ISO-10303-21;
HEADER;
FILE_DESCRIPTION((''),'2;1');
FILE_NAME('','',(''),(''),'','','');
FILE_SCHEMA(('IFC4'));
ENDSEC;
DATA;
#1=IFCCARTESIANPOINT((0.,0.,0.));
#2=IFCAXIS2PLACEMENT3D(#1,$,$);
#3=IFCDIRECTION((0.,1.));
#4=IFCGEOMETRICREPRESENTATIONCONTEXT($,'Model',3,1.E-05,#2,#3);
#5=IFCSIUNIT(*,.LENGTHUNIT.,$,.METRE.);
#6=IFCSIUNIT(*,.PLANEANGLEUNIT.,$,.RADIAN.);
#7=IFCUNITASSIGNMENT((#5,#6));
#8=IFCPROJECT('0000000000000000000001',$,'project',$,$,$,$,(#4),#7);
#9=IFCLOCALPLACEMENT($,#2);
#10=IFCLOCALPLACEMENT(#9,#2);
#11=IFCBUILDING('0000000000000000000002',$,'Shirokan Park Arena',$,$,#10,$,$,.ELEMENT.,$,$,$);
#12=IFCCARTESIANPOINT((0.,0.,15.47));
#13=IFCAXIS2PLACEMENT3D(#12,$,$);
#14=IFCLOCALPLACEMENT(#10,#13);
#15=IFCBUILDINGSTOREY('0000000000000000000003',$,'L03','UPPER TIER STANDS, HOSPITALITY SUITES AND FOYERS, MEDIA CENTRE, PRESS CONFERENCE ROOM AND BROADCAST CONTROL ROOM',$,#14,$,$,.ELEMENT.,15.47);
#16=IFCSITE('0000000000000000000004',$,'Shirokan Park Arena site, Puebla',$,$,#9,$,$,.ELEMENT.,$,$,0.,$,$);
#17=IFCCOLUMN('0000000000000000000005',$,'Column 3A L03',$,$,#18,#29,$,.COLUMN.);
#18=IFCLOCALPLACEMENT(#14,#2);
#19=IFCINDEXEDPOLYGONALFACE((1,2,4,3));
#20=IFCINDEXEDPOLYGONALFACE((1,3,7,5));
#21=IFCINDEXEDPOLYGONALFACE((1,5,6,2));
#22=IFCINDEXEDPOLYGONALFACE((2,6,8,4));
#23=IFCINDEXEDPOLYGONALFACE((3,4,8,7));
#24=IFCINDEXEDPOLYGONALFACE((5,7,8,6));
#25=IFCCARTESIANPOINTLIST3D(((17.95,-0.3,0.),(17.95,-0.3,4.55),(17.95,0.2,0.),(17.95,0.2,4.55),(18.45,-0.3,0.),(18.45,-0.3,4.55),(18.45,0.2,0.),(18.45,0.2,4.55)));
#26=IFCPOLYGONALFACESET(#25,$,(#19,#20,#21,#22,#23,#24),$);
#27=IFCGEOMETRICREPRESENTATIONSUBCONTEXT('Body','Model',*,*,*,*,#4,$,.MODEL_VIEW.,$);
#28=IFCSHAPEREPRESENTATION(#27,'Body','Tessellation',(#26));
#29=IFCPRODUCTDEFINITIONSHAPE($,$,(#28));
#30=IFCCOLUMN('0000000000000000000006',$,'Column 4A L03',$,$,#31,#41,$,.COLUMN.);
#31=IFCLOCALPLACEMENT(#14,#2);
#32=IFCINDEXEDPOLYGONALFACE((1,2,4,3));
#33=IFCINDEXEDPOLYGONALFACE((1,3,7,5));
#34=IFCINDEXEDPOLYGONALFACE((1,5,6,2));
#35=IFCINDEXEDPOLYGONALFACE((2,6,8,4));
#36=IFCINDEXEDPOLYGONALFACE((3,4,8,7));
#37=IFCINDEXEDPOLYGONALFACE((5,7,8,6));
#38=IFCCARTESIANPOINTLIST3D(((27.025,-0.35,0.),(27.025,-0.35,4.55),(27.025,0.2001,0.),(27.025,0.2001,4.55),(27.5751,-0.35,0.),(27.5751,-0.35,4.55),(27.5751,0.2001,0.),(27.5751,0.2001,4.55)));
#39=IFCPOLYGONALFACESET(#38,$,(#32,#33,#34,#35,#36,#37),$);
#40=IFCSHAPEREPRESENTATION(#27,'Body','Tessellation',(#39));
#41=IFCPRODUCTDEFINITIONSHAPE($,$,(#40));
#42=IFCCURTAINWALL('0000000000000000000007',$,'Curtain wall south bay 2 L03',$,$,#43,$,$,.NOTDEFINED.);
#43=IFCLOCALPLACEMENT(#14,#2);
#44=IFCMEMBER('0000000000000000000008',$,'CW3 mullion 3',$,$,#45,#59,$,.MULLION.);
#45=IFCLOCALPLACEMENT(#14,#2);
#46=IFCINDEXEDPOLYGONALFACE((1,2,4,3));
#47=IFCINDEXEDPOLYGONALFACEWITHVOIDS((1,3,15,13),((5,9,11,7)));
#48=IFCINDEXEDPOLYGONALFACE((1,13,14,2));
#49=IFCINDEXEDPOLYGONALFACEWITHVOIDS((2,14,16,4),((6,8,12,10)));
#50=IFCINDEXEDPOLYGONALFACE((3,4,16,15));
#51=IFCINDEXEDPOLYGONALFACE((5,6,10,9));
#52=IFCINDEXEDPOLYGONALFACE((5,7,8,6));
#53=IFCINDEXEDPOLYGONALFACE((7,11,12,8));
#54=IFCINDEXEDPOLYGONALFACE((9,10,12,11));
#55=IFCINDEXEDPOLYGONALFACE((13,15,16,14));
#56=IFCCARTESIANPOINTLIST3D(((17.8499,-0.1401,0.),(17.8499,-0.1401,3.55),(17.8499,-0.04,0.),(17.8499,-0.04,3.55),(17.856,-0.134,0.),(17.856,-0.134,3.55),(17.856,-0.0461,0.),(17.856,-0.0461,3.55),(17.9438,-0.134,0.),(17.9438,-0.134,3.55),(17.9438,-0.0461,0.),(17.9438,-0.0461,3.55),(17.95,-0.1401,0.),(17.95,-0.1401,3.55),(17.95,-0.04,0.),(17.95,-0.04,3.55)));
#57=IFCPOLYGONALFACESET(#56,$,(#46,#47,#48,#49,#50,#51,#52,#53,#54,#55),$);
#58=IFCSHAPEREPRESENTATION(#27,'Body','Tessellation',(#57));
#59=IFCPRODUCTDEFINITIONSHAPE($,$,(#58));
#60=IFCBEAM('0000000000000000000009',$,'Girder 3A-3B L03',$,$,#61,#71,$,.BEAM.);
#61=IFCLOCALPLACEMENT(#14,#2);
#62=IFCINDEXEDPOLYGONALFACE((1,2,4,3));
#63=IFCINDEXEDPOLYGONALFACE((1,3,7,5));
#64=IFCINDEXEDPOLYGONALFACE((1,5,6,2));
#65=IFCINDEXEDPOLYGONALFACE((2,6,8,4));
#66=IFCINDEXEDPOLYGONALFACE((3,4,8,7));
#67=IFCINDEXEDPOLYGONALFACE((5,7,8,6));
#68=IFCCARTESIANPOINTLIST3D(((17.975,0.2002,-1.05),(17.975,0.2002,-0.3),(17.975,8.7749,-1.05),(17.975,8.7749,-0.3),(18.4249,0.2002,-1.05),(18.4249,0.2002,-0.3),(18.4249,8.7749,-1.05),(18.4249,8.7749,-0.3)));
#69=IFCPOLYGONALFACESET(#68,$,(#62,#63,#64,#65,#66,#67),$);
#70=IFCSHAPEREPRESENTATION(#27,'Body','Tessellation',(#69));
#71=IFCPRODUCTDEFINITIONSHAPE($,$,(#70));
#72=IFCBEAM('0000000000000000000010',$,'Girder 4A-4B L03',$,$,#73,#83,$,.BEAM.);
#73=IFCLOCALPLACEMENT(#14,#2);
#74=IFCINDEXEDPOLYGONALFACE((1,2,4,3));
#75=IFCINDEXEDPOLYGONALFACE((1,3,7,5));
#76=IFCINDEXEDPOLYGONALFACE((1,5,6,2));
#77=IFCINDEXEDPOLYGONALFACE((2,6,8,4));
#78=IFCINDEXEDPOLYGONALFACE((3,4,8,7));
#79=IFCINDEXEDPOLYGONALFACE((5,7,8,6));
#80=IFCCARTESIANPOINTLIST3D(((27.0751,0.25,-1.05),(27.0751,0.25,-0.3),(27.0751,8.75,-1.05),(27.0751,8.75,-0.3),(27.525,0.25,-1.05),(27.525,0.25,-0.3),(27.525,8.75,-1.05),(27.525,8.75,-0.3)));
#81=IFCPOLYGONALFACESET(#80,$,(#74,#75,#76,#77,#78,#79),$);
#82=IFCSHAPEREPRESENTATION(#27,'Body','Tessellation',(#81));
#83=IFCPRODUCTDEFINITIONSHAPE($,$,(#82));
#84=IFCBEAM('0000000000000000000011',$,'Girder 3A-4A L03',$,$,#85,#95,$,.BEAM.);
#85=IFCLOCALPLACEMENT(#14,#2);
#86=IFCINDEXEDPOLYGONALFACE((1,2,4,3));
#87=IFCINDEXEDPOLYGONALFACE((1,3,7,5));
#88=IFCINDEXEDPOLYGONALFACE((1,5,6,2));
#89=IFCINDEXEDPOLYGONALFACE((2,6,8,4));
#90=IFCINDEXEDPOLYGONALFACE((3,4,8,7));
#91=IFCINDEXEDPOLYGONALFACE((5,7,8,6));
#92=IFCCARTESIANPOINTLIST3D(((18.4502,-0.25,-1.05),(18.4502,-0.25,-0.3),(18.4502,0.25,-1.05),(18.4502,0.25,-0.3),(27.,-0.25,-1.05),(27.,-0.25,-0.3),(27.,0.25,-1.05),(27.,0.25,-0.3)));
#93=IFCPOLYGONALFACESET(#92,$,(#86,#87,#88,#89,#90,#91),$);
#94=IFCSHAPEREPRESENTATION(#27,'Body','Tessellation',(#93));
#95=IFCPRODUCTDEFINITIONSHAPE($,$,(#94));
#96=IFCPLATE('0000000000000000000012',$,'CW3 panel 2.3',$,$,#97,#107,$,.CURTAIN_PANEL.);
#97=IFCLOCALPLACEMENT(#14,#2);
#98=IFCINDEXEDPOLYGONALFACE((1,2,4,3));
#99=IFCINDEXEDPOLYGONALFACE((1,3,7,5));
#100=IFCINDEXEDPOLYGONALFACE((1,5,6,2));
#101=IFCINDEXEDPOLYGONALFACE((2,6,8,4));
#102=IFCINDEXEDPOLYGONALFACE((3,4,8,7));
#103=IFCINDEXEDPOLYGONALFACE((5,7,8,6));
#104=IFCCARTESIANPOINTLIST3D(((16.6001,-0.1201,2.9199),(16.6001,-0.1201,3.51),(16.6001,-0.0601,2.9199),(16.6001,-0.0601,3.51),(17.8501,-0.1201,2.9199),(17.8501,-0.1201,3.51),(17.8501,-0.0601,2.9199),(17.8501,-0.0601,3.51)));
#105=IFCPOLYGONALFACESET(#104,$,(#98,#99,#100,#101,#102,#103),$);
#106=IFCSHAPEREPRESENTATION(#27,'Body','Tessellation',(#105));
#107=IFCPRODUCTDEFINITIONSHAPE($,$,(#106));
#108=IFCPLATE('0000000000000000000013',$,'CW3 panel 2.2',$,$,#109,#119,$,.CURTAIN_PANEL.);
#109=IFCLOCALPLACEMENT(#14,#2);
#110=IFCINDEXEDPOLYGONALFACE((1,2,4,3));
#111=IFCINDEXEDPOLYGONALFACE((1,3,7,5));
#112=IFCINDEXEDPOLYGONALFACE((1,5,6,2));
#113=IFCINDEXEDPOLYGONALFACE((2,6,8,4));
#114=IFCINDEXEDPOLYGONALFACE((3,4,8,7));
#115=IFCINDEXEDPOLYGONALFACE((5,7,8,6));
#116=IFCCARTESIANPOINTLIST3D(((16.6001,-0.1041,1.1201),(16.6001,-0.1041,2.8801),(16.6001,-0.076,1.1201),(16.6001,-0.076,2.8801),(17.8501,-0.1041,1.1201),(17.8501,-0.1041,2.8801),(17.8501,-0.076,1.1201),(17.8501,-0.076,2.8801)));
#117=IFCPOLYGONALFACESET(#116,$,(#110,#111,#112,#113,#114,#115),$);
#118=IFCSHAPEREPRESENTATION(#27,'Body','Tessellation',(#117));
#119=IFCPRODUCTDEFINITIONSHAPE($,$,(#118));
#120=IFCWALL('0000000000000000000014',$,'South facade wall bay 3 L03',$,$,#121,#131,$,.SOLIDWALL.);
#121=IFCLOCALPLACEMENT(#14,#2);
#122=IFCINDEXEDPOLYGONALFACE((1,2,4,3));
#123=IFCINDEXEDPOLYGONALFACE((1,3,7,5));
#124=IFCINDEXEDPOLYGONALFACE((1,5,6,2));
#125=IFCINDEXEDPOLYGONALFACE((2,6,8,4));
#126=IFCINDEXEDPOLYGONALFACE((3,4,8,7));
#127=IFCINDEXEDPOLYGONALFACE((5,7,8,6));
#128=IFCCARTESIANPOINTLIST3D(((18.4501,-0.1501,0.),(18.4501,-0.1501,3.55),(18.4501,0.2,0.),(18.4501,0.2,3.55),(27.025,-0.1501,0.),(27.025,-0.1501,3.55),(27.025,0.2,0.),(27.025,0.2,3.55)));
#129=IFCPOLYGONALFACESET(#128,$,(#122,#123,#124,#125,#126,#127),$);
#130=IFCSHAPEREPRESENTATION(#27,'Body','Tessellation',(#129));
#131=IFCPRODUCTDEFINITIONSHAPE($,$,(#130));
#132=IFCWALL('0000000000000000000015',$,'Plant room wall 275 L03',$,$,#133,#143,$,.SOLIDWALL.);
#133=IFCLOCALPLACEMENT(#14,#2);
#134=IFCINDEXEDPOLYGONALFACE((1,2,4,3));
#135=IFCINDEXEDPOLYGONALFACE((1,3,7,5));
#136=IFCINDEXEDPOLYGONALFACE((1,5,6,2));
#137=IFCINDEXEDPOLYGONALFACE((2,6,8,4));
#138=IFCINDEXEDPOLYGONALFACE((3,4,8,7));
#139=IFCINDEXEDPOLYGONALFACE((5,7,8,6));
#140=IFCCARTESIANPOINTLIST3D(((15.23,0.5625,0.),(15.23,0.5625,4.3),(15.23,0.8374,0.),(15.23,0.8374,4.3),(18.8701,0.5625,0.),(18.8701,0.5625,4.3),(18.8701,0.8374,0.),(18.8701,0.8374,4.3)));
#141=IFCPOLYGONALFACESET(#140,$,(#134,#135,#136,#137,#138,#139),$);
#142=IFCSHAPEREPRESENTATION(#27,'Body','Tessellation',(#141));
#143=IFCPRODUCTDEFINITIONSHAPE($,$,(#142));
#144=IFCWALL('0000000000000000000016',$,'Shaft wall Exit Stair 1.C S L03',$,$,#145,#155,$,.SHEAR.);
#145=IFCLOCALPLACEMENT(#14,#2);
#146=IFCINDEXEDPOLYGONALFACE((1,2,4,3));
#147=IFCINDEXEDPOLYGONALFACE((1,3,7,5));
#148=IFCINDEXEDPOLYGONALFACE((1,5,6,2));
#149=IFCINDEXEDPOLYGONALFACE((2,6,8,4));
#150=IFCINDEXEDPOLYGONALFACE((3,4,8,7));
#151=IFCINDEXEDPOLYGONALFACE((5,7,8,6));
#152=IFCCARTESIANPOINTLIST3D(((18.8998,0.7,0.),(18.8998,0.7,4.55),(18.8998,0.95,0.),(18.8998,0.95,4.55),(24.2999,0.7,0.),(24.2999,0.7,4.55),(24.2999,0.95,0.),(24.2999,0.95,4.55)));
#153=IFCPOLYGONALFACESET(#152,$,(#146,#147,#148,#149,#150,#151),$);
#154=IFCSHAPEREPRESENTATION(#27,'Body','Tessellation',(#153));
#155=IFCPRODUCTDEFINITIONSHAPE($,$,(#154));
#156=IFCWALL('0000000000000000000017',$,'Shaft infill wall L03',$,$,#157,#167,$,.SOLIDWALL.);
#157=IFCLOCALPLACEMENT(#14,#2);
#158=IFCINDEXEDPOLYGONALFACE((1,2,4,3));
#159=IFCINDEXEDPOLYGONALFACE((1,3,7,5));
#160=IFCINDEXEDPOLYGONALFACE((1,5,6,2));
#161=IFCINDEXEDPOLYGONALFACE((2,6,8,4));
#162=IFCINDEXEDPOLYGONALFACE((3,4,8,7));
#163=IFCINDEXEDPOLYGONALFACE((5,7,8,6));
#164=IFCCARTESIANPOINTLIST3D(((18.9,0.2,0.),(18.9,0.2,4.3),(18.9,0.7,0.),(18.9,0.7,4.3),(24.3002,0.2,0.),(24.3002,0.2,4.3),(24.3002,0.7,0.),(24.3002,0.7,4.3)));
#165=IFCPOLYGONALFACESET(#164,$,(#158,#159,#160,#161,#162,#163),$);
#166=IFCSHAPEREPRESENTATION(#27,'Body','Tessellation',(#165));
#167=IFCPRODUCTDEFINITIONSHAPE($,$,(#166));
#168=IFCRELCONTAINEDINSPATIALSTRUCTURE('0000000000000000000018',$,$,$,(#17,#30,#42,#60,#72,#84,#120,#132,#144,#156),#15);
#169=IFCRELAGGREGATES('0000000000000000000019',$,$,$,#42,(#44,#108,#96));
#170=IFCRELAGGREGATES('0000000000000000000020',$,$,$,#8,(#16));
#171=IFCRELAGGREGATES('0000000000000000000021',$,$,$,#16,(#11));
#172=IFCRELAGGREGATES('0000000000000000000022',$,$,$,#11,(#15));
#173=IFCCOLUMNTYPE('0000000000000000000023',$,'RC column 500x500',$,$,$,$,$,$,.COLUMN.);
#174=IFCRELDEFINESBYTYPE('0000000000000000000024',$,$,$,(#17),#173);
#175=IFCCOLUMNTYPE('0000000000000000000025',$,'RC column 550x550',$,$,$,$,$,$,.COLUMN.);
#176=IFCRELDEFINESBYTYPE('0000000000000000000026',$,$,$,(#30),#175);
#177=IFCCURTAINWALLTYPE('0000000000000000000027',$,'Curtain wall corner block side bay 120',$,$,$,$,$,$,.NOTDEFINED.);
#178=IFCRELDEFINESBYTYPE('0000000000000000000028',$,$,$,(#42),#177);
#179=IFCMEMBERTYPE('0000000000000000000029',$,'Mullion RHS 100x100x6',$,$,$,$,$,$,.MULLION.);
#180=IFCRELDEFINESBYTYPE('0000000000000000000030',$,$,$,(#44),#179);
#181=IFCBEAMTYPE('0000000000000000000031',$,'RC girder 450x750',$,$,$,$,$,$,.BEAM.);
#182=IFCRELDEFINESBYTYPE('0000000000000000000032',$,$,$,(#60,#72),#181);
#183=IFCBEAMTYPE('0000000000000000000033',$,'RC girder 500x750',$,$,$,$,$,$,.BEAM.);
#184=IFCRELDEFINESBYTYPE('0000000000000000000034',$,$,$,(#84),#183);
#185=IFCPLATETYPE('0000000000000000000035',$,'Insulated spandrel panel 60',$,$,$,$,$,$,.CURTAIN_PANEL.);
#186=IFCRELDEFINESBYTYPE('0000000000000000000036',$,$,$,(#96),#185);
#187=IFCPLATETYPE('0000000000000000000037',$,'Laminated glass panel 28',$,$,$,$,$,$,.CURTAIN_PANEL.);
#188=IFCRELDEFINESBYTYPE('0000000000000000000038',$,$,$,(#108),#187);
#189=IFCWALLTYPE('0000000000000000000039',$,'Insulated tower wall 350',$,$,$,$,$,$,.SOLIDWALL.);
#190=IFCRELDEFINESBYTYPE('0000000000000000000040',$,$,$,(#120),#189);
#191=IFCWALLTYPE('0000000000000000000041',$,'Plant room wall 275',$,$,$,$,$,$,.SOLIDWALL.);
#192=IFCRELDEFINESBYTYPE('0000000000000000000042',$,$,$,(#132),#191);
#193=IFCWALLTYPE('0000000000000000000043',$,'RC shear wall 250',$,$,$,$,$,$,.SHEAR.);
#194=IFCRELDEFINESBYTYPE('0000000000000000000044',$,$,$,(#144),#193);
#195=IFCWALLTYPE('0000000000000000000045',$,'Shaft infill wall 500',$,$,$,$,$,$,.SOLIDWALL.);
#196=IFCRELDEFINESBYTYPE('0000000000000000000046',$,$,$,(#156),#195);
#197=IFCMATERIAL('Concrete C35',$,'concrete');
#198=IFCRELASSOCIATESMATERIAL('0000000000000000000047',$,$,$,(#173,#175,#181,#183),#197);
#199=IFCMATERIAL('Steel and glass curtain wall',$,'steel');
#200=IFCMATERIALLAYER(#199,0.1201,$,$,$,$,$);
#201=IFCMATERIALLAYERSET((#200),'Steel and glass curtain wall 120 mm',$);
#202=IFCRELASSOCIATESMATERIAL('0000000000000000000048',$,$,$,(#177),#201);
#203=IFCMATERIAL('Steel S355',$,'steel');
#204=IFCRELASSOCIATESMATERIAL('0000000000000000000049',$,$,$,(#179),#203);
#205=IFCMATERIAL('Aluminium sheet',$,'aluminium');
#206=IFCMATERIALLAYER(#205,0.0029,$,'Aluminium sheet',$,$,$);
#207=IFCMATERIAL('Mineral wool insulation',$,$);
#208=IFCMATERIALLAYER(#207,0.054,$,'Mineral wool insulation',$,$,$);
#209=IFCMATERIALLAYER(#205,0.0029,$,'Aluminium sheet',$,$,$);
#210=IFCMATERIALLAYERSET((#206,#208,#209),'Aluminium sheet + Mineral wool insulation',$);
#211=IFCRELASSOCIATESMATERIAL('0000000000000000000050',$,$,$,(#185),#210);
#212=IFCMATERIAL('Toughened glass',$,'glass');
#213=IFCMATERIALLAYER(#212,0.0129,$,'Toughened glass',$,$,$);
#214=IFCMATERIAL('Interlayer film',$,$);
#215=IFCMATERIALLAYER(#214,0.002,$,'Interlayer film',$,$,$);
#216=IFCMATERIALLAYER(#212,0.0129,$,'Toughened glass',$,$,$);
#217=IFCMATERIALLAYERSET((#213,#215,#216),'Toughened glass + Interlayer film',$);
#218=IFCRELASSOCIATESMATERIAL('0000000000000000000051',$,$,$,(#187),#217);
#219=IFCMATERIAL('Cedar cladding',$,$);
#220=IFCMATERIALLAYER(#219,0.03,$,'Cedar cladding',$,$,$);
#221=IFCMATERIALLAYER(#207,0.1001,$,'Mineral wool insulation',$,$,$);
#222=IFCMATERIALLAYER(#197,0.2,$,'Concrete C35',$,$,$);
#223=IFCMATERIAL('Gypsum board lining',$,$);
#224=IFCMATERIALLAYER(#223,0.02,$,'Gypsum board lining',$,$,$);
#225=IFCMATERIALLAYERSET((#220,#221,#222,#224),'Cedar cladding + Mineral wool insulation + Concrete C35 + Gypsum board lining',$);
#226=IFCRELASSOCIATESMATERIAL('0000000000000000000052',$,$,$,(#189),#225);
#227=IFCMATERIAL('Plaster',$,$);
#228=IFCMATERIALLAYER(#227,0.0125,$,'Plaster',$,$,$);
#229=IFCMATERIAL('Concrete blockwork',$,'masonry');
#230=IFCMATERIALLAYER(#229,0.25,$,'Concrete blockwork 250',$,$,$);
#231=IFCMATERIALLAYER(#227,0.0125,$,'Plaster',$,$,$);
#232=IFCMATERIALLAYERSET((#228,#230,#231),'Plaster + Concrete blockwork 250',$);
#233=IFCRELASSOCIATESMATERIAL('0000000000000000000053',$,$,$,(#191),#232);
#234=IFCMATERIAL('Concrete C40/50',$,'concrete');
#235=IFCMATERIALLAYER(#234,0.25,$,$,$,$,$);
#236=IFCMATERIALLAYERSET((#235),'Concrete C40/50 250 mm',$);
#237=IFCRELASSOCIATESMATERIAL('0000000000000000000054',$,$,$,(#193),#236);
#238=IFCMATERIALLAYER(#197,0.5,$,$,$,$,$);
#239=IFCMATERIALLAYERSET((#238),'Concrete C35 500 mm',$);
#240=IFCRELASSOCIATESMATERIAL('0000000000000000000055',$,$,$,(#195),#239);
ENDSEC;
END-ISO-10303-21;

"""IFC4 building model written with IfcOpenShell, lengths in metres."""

from ifc_helpers import new_model, si_unit, direction, frame, frame_2d, origin, origin_2d, place, context, subcontext, project, spatial, rectangle, hollow_rectangle, extrude, material, layer, layer_set, material_profile, profile_set, type_object, element, aggregate, save


model = new_model("IFC4")

# Units and contexts
model_context = context("Model", 3, precision=1e-05, world=origin(), true_north=direction((0.0, 1.0)))
body_context = subcontext(model_context, "Body", "Model", "MODEL_VIEW")
ifc_project = project(units=[si_unit("LENGTHUNIT", "METRE"), si_unit("PLANEANGLEUNIT", "RADIAN")], contexts=[model_context])

# Site, building, storey
site_placement = place(None, origin())
site = spatial("IfcSite", under=ifc_project, at=site_placement, Name="Shirokan Park Arena site, Puebla", CompositionType="ELEMENT", RefElevation=0.0)
building_placement = place(site_placement, origin())
building = spatial("IfcBuilding", under=site, at=building_placement, Name="Shirokan Park Arena", CompositionType="ELEMENT")
storey_placement = place(building_placement, frame((0.0, 0.0, 15.47)))
storey = spatial("IfcBuildingStorey", under=building, at=storey_placement, Name="L03", Description="UPPER TIER STANDS, HOSPITALITY SUITES AND FOYERS, MEDIA CENTRE, PRESS CONFERENCE ROOM AND BROADCAST CONTROL ROOM", CompositionType="ELEMENT", Elevation=15.47)

# Columns
ifc_material_1 = material(Name="Concrete C35", Category="concrete")
ifc_material_profile_1 = material_profile(ifc_material_1, rectangle(XDim=0.5, YDim=0.5, at=origin_2d()), Name="500x500")
ifc_profile_set_1 = profile_set([ifc_material_profile_1], Name="Concrete C35")
column_type_1 = type_object("IfcColumnType", Name="RC column 500x500", PredefinedType="COLUMN", material=ifc_profile_set_1)
column_1_placement = place(storey_placement, frame((18.2, -0.05, 0.0), z_axis=(0.0, 0.0, 1.0), x_axis=(1.0, 0.0, 0.0)))
element("IfcColumn", 1, at=column_1_placement, inside=storey, type_object=column_type_1, Name="Column 3A L03", PredefinedType="COLUMN", context=body_context, shape_type="SweptSolid", body=[
    extrude(rectangle(XDim=0.5, YDim=0.5, at=origin_2d()), origin(), (0.0, 0.0, 1.0), 4.55),
])
ifc_material_profile_2 = material_profile(ifc_material_1, rectangle(XDim=0.55, YDim=0.55, at=origin_2d()), Name="550x550")
ifc_profile_set_2 = profile_set([ifc_material_profile_2], Name="Concrete C35")
column_type_2 = type_object("IfcColumnType", Name="RC column 550x550", PredefinedType="COLUMN", material=ifc_profile_set_2)
column_2_placement = place(storey_placement, frame((27.3, -0.075, 0.0), z_axis=(0.0, 0.0, 1.0), x_axis=(1.0, 0.0, 0.0)))
element("IfcColumn", 2, at=column_2_placement, inside=storey, type_object=column_type_2, Name="Column 4A L03", PredefinedType="COLUMN", context=body_context, shape_type="SweptSolid", body=[
    extrude(rectangle(XDim=0.55, YDim=0.55, at=origin_2d()), origin(), (0.0, 0.0, 1.0), 4.55),
])

# Curtain wall, member
ifc_material_2 = material(Name="Steel and glass curtain wall", Category="steel")
ifc_layer_1 = layer(ifc_material_2, 0.1201)
ifc_layer_set_1 = layer_set([ifc_layer_1], Name="Steel and glass curtain wall 120 mm")
curtain_wall_type = type_object("IfcCurtainWallType", Name="Curtain wall corner block side bay 120", PredefinedType="NOTDEFINED", material=ifc_layer_set_1)
curtain_wall_placement = place(storey_placement, origin())
curtain_wall = element("IfcCurtainWall", 3, at=curtain_wall_placement, inside=storey, type_object=curtain_wall_type, Name="Curtain wall south bay 2 L03", PredefinedType="NOTDEFINED")
ifc_material_3 = material(Name="Steel S355", Category="steel")
ifc_material_profile_3 = material_profile(ifc_material_3, hollow_rectangle(XDim=0.1001, YDim=0.1001, WallThickness=0.0061, at=origin_2d()), Name="RHS 100x100x6")
ifc_profile_set_3 = profile_set([ifc_material_profile_3], Name="Steel S355")
member_type = type_object("IfcMemberType", Name="Mullion RHS 100x100x6", PredefinedType="MULLION", material=ifc_profile_set_3)
member_placement = place(storey_placement, frame((17.8999, -0.0901, 0.0), z_axis=(0.0, 0.0, 1.0), x_axis=(0.0, 1.0, 0.0)))
member = element("IfcMember", 4, at=member_placement, type_object=member_type, Name="CW3 mullion 3", PredefinedType="MULLION", context=body_context, shape_type="SweptSolid", body=[
    extrude(hollow_rectangle(XDim=0.1001, YDim=0.1001, WallThickness=0.0061, at=origin_2d()), origin(), (0.0, 0.0, 1.0), 3.55),
])

# Beams
ifc_material_profile_4 = material_profile(ifc_material_1, rectangle(XDim=0.45, YDim=0.75, at=origin_2d()), Name="450x750")
ifc_profile_set_4 = profile_set([ifc_material_profile_4], Name="Concrete C35")
beam_type_1 = type_object("IfcBeamType", Name="RC girder 450x750", PredefinedType="BEAM", material=ifc_profile_set_4)
beam_1_placement = place(storey_placement, frame((18.2, 0.2002, -0.675), z_axis=(0.0, 1.0, 0.0), x_axis=(-1.0, 0.0, 0.0)))
element("IfcBeam", 5, at=beam_1_placement, inside=storey, type_object=beam_type_1, Name="Girder 3A-3B L03", PredefinedType="BEAM", context=body_context, shape_type="SweptSolid", body=[
    extrude(rectangle(XDim=0.45, YDim=0.75, at=origin_2d()), origin(), (0.0, 0.0, 1.0), 8.5747),
])
beam_2_placement = place(storey_placement, frame((27.3, 0.25, -0.675), z_axis=(0.0, 1.0, 0.0), x_axis=(-1.0, 0.0, 0.0)))
element("IfcBeam", 6, at=beam_2_placement, inside=storey, type_object=beam_type_1, Name="Girder 4A-4B L03", PredefinedType="BEAM", context=body_context, shape_type="SweptSolid", body=[
    extrude(rectangle(XDim=0.45, YDim=0.75, at=origin_2d()), origin(), (0.0, 0.0, 1.0), 8.5),
])
ifc_material_profile_5 = material_profile(ifc_material_1, rectangle(XDim=0.5, YDim=0.75, at=origin_2d()), Name="500x750")
ifc_profile_set_5 = profile_set([ifc_material_profile_5], Name="Concrete C35")
beam_type_2 = type_object("IfcBeamType", Name="RC girder 500x750", PredefinedType="BEAM", material=ifc_profile_set_5)
beam_3_placement = place(storey_placement, frame((18.4502, 0.0, -0.675), z_axis=(1.0, 0.0, 0.0), x_axis=(0.0, 1.0, 0.0)))
element("IfcBeam", 7, at=beam_3_placement, inside=storey, type_object=beam_type_2, Name="Girder 3A-4A L03", PredefinedType="BEAM", context=body_context, shape_type="SweptSolid", body=[
    extrude(rectangle(XDim=0.5, YDim=0.75, at=origin_2d()), origin(), (0.0, 0.0, 1.0), 8.5498),
])

# Plates
ifc_material_4 = material(Name="Aluminium sheet", Category="aluminium")
ifc_layer_2 = layer(ifc_material_4, 0.0029, Name="Aluminium sheet")
ifc_material_5 = material(Name="Mineral wool insulation")
ifc_layer_3 = layer(ifc_material_5, 0.054, Name="Mineral wool insulation")
ifc_layer_4 = layer(ifc_material_4, 0.0029, Name="Aluminium sheet")
ifc_layer_set_2 = layer_set([ifc_layer_2, ifc_layer_3, ifc_layer_4], Name="Aluminium sheet + Mineral wool insulation")
plate_type_1 = type_object("IfcPlateType", Name="Insulated spandrel panel 60", PredefinedType="CURTAIN_PANEL", material=ifc_layer_set_2)
plate_1_placement = place(storey_placement, frame((17.2251, -0.0901, 2.9199), z_axis=(0.0, 0.0, 1.0), x_axis=(1.0, 0.0, 0.0)))
plate_1 = element("IfcPlate", 8, at=plate_1_placement, type_object=plate_type_1, Name="CW3 panel 2.3", PredefinedType="CURTAIN_PANEL", context=body_context, shape_type="SweptSolid", body=[
    extrude(rectangle(XDim=1.25, YDim=0.0601, at=origin_2d()), origin(), (0.0, 0.0, 1.0), 0.5901),
])
ifc_material_6 = material(Name="Toughened glass", Category="glass")
ifc_layer_5 = layer(ifc_material_6, 0.0129, Name="Toughened glass")
ifc_material_7 = material(Name="Interlayer film")
ifc_layer_6 = layer(ifc_material_7, 0.002, Name="Interlayer film")
ifc_layer_7 = layer(ifc_material_6, 0.0129, Name="Toughened glass")
ifc_layer_set_3 = layer_set([ifc_layer_5, ifc_layer_6, ifc_layer_7], Name="Toughened glass + Interlayer film")
plate_type_2 = type_object("IfcPlateType", Name="Laminated glass panel 28", PredefinedType="CURTAIN_PANEL", material=ifc_layer_set_3)
plate_2_placement = place(storey_placement, frame((17.2251, -0.0901, 1.1201), z_axis=(0.0, 0.0, 1.0), x_axis=(1.0, 0.0, 0.0)))
plate_2 = element("IfcPlate", 9, at=plate_2_placement, type_object=plate_type_2, Name="CW3 panel 2.2", PredefinedType="CURTAIN_PANEL", context=body_context, shape_type="SweptSolid", body=[
    extrude(rectangle(XDim=1.25, YDim=0.0281, at=origin_2d()), origin(), (0.0, 0.0, 1.0), 1.76),
])
aggregate(curtain_wall, [member, plate_2, plate_1])

# Walls
ifc_material_8 = material(Name="Cedar cladding")
ifc_layer_8 = layer(ifc_material_8, 0.03, Name="Cedar cladding")
ifc_layer_9 = layer(ifc_material_5, 0.1001, Name="Mineral wool insulation")
ifc_layer_10 = layer(ifc_material_1, 0.2, Name="Concrete C35")
ifc_material_9 = material(Name="Gypsum board lining")
ifc_layer_11 = layer(ifc_material_9, 0.02, Name="Gypsum board lining")
ifc_layer_set_4 = layer_set([ifc_layer_8, ifc_layer_9, ifc_layer_10, ifc_layer_11], Name="Cedar cladding + Mineral wool insulation + Concrete C35 + Gypsum board lining")
wall_type_1 = type_object("IfcWallType", Name="Insulated tower wall 350", PredefinedType="SOLIDWALL", material=ifc_layer_set_4)
wall_1_placement = place(storey_placement, frame((18.45, 0.0249, 0.0), z_axis=(0.0, 0.0, 1.0), x_axis=(1.0, 0.0, 0.0)))
element("IfcWall", 10, at=wall_1_placement, inside=storey, type_object=wall_type_1, Name="South facade wall bay 3 L03", PredefinedType="SOLIDWALL", context=body_context, shape_type="SweptSolid", body=[
    extrude(rectangle(XDim=8.575, YDim=0.3501, at=frame_2d((4.2876, 0.0))), origin(), (0.0, 0.0, 1.0), 3.55),
])
ifc_material_10 = material(Name="Plaster")
ifc_layer_12 = layer(ifc_material_10, 0.0125, Name="Plaster")
ifc_material_11 = material(Name="Concrete blockwork", Category="masonry")
ifc_layer_13 = layer(ifc_material_11, 0.25, Name="Concrete blockwork 250")
ifc_layer_14 = layer(ifc_material_10, 0.0125, Name="Plaster")
ifc_layer_set_5 = layer_set([ifc_layer_12, ifc_layer_13, ifc_layer_14], Name="Plaster + Concrete blockwork 250")
wall_type_2 = type_object("IfcWallType", Name="Plant room wall 275", PredefinedType="SOLIDWALL", material=ifc_layer_set_5)
wall_2_placement = place(storey_placement, frame((18.8701, 0.7, 0.0), z_axis=(0.0, 0.0, 1.0), x_axis=(-1.0, 0.0, 0.0)))
element("IfcWall", 11, at=wall_2_placement, inside=storey, type_object=wall_type_2, Name="Plant room wall 275 L03", PredefinedType="SOLIDWALL", context=body_context, shape_type="SweptSolid", body=[
    extrude(rectangle(XDim=3.6401, YDim=0.2749, at=frame_2d((1.8201, 0.0))), origin(), (0.0, 0.0, 1.0), 4.3),
])
ifc_material_12 = material(Name="Concrete C40/50", Category="concrete")
ifc_layer_15 = layer(ifc_material_12, 0.25)
ifc_layer_set_6 = layer_set([ifc_layer_15], Name="Concrete C40/50 250 mm")
wall_type_3 = type_object("IfcWallType", Name="RC shear wall 250", PredefinedType="SHEAR", material=ifc_layer_set_6)
wall_3_placement = place(storey_placement, frame((24.3, 0.825, 0.0), z_axis=(0.0, 0.0, 1.0), x_axis=(-1.0, 0.0, 0.0)))
element("IfcWall", 12, at=wall_3_placement, inside=storey, type_object=wall_type_3, Name="Shaft wall Exit Stair 1.C S L03", PredefinedType="SHEAR", context=body_context, shape_type="SweptSolid", body=[
    extrude(rectangle(XDim=5.4001, YDim=0.25, at=frame_2d((2.7002, 0.0))), origin(), (0.0, 0.0, 1.0), 4.55),
])
ifc_layer_16 = layer(ifc_material_1, 0.5)
ifc_layer_set_7 = layer_set([ifc_layer_16], Name="Concrete C35 500 mm")
wall_type_4 = type_object("IfcWallType", Name="Shaft infill wall 500", PredefinedType="SOLIDWALL", material=ifc_layer_set_7)
wall_4_placement = place(storey_placement, frame((18.8999, 0.45, 0.0), z_axis=(0.0, 0.0, 1.0), x_axis=(1.0, 0.0, 0.0)))
element("IfcWall", 13, at=wall_4_placement, inside=storey, type_object=wall_type_4, Name="Shaft infill wall L03", PredefinedType="SOLIDWALL", context=body_context, shape_type="SweptSolid", body=[
    extrude(rectangle(XDim=5.4001, YDim=0.5, at=frame_2d((2.7002, 0.0))), origin(), (0.0, 0.0, 1.0), 4.3),
])

save(model, "model.ifc")
